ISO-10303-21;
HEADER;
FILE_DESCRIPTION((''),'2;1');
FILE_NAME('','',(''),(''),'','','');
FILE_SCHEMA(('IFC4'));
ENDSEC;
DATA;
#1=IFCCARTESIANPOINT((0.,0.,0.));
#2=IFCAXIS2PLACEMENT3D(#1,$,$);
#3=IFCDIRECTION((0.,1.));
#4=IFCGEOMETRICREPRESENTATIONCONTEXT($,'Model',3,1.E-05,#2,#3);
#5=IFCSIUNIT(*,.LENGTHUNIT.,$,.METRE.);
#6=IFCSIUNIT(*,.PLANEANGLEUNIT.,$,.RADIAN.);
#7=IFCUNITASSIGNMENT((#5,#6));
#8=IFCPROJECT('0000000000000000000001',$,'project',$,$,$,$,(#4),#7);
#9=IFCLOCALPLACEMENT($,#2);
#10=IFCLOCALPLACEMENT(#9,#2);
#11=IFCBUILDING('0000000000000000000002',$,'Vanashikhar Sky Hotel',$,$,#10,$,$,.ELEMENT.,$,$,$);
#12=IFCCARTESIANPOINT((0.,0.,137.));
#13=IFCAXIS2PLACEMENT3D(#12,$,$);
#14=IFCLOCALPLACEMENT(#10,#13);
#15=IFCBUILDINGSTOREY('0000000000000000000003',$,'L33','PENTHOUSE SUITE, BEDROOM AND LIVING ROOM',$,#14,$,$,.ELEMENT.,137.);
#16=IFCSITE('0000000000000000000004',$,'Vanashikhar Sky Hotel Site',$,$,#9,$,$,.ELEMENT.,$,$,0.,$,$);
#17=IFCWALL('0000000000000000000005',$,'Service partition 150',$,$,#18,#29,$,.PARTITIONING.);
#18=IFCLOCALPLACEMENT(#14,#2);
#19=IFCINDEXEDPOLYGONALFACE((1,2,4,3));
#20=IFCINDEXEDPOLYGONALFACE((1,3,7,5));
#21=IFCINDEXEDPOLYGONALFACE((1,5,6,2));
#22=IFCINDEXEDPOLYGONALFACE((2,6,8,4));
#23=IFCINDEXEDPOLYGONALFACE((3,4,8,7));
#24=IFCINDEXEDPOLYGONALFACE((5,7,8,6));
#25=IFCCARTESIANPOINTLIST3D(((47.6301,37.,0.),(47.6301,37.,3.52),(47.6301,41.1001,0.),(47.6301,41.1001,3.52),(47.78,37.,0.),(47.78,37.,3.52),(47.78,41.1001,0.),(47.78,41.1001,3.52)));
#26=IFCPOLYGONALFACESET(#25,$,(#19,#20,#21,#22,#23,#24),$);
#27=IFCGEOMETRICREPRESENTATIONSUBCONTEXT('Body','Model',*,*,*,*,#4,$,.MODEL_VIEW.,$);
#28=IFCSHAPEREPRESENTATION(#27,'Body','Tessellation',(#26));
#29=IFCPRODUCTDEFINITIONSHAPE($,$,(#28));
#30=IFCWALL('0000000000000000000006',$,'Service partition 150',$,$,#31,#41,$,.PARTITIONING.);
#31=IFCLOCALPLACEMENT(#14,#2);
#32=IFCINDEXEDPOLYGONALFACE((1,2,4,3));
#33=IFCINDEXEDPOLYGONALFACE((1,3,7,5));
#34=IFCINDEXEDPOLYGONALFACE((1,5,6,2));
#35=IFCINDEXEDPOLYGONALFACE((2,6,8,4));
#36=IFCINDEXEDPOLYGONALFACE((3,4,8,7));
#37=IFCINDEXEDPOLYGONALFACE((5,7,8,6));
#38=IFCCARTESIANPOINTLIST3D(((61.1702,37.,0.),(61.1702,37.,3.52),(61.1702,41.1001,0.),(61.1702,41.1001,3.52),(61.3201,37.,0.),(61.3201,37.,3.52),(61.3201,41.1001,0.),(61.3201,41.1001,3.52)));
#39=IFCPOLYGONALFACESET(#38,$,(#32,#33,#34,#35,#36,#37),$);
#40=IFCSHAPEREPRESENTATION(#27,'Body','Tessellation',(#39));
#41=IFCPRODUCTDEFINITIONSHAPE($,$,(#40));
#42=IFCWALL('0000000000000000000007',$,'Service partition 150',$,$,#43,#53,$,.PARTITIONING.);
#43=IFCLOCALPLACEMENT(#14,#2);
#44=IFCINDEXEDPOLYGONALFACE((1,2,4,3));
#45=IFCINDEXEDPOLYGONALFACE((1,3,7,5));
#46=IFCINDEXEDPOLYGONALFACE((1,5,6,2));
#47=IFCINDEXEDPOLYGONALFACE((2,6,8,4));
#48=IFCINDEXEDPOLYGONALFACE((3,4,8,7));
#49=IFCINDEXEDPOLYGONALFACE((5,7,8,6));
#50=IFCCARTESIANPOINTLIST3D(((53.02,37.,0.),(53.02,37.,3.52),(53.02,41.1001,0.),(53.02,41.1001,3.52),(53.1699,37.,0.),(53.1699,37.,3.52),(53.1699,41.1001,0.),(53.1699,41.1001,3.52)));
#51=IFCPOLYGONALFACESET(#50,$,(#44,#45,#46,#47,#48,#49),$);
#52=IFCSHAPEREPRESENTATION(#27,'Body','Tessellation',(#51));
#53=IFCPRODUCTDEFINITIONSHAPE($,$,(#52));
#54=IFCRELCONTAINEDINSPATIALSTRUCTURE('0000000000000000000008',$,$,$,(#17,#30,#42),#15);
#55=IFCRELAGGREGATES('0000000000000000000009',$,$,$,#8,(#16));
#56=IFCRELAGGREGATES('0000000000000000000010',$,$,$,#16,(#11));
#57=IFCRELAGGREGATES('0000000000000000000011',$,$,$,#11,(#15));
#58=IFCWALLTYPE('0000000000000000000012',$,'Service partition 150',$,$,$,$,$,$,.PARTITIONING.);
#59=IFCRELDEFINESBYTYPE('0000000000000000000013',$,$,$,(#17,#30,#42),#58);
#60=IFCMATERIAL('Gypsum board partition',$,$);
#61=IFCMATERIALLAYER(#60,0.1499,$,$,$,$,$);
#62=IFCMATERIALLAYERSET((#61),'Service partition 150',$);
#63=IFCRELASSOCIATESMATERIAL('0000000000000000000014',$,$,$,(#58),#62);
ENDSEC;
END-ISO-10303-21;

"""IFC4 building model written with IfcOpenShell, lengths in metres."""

from ifc_helpers import new_model, si_unit, direction, frame, frame_2d, origin, place, context, subcontext, project, spatial, rectangle, extrude, source, transform, mapped, material, layer, layer_set, type_object, element, save


model = new_model("IFC4")

# Units and contexts
model_context = context("Model", 3, precision=1e-05, world=origin(), true_north=direction((0.0, 1.0)))
body_context = subcontext(model_context, "Body", "Model", "MODEL_VIEW")
ifc_project = project(units=[si_unit("LENGTHUNIT", "METRE"), si_unit("PLANEANGLEUNIT", "RADIAN")], contexts=[model_context])

# Site, building, storey
site_placement = place(None, origin())
site = spatial("IfcSite", under=ifc_project, at=site_placement, Name="Vanashikhar Sky Hotel Site", CompositionType="ELEMENT", RefElevation=0.0)
building_placement = place(site_placement, origin())
building = spatial("IfcBuilding", under=site, at=building_placement, Name="Vanashikhar Sky Hotel", CompositionType="ELEMENT")
storey_placement = place(building_placement, frame((0.0, 0.0, 137.0)))
storey = spatial("IfcBuildingStorey", under=building, at=storey_placement, Name="L33", Description="PENTHOUSE SUITE, BEDROOM AND LIVING ROOM", CompositionType="ELEMENT", Elevation=137.0)

# Walls
ifc_material_1 = material(Name="Gypsum board partition")
ifc_layer_1 = layer(ifc_material_1, 0.1499)
ifc_layer_set_1 = layer_set([ifc_layer_1], Name="Service partition 150")
wall_type_1 = type_object("IfcWallType", Name="Service partition 150", PredefinedType="PARTITIONING", material=ifc_layer_set_1)
shared_shape_1 = source(origin(), body_context, "Body", "SweptSolid", [
    extrude(rectangle(XDim=4.1001, YDim=0.1499, at=frame_2d((2.05, 0.0))), origin(), (0.0, 0.0, 1.0), 3.52),
])
for number, where, z_axis, x_axis, name in (
    (1, (47.7051, 37.0, 0.0), (0.0, 0.0, 1.0), (0.0, 1.0, 0.0), "Service partition 150"),
    (2, (61.2451, 37.0, 0.0), (0.0, 0.0, 1.0), (0.0, 1.0, 0.0), "Service partition 150"),
    (3, (53.095, 37.0, 0.0), (0.0, 0.0, 1.0), (0.0, 1.0, 0.0), "Service partition 150"),
):
    element("IfcWall", number, at=place(storey_placement, frame(where, z_axis=z_axis, x_axis=x_axis)), inside=storey, type_object=wall_type_1, Name=name, PredefinedType="PARTITIONING", context=body_context, shape_type="MappedRepresentation", body=[
        mapped(shared_shape_1, transform((0.0, 0.0, 0.0), scale=1.0)),
    ])

save(model, "model.ifc")
